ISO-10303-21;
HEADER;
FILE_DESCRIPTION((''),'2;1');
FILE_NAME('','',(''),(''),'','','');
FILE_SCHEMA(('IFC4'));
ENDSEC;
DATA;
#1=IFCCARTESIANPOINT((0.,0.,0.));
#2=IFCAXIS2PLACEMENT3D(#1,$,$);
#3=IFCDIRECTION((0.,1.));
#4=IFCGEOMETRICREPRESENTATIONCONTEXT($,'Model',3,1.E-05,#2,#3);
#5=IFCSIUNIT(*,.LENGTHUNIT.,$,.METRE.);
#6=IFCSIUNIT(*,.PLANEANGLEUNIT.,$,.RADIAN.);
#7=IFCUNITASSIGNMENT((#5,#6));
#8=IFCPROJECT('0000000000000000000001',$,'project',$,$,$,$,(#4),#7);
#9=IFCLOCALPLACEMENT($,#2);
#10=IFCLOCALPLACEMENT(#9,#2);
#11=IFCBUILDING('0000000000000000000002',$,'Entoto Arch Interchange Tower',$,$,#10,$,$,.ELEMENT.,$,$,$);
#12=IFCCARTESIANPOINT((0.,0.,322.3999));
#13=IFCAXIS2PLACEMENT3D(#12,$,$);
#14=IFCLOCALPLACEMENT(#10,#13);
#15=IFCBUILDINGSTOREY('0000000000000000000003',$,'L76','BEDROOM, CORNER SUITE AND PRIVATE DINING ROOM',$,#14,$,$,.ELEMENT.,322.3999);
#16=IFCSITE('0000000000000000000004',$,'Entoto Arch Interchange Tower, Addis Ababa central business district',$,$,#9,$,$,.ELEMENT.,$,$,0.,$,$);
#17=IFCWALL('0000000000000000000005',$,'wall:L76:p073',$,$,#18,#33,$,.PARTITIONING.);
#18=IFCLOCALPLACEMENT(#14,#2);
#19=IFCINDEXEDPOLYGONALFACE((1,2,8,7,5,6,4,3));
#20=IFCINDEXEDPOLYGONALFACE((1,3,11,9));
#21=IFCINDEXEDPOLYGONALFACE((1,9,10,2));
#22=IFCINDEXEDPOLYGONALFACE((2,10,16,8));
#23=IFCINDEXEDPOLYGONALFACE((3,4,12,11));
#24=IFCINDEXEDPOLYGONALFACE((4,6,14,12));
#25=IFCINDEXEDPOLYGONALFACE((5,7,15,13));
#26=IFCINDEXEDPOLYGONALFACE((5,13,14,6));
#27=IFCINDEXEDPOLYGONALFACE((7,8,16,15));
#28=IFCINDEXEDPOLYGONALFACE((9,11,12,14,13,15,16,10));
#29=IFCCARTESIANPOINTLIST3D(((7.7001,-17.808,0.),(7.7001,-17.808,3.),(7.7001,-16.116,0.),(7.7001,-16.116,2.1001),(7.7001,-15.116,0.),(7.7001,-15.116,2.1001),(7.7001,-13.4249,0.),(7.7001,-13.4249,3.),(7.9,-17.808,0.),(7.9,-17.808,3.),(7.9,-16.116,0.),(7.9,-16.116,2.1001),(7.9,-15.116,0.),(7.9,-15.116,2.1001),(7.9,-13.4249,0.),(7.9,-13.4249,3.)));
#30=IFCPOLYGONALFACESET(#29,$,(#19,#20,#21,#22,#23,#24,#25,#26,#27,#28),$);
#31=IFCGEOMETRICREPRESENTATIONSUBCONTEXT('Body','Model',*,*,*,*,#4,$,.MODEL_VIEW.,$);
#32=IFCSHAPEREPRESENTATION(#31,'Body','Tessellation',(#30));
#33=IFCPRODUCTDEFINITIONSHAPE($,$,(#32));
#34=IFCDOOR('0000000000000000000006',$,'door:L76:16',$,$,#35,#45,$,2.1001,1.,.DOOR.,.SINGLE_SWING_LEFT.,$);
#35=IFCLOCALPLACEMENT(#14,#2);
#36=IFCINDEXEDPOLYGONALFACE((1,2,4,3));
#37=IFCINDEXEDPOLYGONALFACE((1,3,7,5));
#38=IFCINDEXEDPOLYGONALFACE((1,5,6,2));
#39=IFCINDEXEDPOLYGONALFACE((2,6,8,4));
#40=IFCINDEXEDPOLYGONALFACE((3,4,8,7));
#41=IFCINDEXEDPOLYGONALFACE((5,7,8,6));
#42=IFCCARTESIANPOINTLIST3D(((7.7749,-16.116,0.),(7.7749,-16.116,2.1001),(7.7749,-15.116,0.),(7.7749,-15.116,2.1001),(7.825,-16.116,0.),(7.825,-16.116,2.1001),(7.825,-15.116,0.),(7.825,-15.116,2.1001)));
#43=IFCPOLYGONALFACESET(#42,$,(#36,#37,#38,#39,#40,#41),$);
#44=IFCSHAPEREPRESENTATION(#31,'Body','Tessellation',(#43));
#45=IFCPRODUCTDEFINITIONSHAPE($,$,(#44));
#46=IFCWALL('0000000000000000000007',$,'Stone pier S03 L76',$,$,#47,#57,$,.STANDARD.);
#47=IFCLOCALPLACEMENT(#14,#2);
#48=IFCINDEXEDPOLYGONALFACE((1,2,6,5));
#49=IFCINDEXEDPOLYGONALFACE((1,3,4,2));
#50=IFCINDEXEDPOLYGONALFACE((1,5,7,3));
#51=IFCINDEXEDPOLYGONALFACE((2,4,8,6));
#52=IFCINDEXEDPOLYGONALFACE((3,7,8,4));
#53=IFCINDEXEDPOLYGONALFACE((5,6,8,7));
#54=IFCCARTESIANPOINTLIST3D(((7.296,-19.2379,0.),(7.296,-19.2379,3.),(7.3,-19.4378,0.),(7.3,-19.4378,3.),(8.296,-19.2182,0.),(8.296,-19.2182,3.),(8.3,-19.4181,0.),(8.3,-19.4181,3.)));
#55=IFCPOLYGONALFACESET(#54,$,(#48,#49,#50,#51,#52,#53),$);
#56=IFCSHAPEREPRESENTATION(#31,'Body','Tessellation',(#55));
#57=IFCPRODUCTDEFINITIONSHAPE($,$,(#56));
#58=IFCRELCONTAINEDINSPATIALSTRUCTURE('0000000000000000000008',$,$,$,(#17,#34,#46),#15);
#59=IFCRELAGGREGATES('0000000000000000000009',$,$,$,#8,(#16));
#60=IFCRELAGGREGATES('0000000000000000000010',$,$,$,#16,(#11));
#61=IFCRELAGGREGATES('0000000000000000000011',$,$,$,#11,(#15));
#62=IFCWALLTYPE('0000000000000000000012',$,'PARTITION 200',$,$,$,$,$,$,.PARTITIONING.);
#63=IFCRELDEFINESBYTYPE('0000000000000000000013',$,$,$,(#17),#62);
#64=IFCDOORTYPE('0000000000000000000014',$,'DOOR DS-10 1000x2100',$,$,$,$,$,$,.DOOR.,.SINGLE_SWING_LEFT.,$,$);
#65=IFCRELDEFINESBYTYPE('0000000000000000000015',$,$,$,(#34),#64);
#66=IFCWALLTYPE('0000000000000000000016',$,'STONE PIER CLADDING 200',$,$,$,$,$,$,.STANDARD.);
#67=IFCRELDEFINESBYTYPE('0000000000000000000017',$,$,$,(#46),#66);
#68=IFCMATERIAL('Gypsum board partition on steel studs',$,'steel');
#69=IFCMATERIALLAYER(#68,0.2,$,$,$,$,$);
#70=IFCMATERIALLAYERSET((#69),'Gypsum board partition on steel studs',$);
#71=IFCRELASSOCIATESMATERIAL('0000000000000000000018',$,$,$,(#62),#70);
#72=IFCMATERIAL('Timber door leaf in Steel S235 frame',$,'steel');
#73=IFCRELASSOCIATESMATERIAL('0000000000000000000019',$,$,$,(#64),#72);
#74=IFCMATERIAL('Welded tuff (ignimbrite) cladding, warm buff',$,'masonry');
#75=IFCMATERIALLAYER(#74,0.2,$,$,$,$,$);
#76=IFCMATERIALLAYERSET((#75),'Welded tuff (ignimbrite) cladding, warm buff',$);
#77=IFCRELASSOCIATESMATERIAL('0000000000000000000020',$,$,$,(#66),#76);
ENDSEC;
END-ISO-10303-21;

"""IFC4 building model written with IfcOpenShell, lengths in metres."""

from ifc_helpers import new_model, si_unit, direction, frame, frame_2d, origin, place, context, subcontext, project, spatial, rectangle, extrude, material, layer, layer_set, type_object, element, fill, save


model = new_model("IFC4")

# Units and contexts
model_context = context("Model", 3, precision=1e-05, world=origin(), true_north=direction((0.0, 1.0)))
body_context = subcontext(model_context, "Body", "Model", "MODEL_VIEW")
ifc_project = project(units=[si_unit("LENGTHUNIT", "METRE"), si_unit("PLANEANGLEUNIT", "RADIAN")], contexts=[model_context])

# Site, building, storey
site_placement = place(None, origin())
site = spatial("IfcSite", under=ifc_project, at=site_placement, Name="Entoto Arch Interchange Tower, Addis Ababa central business district", CompositionType="ELEMENT", RefElevation=0.0)
building_placement = place(site_placement, origin())
building = spatial("IfcBuilding", under=site, at=building_placement, Name="Entoto Arch Interchange Tower", CompositionType="ELEMENT")
storey_placement = place(building_placement, frame((0.0, 0.0, 322.3999)))
storey = spatial("IfcBuildingStorey", under=building, at=storey_placement, Name="L76", Description="BEDROOM, CORNER SUITE AND PRIVATE DINING ROOM", CompositionType="ELEMENT", Elevation=322.3999)

# Wall, opening, door
ifc_material_1 = material(Name="Gypsum board partition on steel studs", Category="steel")
ifc_layer_1 = layer(ifc_material_1, 0.2)
ifc_layer_set_1 = layer_set([ifc_layer_1], Name="Gypsum board partition on steel studs")
wall_type_1 = type_object("IfcWallType", Name="PARTITION 200", PredefinedType="PARTITIONING", material=ifc_layer_set_1)
wall_1_placement = place(storey_placement, frame((7.8, -13.425, 0.0), z_axis=(0.0, 0.0, 1.0), x_axis=(0.0, -1.0, 0.0)))
wall_1 = element("IfcWall", 1, at=wall_1_placement, inside=storey, type_object=wall_type_1, Name="wall:L76:p073", PredefinedType="PARTITIONING", context=body_context, shape_type="SweptSolid", body=[
    extrude(rectangle(XDim=4.3831, YDim=0.2, at=frame_2d((2.1914, 0.0))), origin(), (0.0, 0.0, 1.0), 3.0),
])
opening_placement = place(wall_1_placement, frame((1.6909, 0.0, 0.0)))
opening = element("IfcOpeningElement", 2, at=opening_placement, cuts=wall_1, PredefinedType="OPENING", context=body_context, shape_type="SweptSolid", body=[
    extrude(rectangle(XDim=1.0, YDim=2.1001, at=frame_2d((0.5, 1.05))), frame((0.0, 0.1099, 0.0), z_axis=(0.0, -1.0, 0.0), x_axis=(1.0, 0.0, 0.0)), (0.0, 0.0, 1.0), 0.22),
])
ifc_material_2 = material(Name="Timber door leaf in Steel S235 frame", Category="steel")
door_type = type_object("IfcDoorType", Name="DOOR DS-10 1000x2100", OperationType="SINGLE_SWING_LEFT", PredefinedType="DOOR", material=ifc_material_2)
door_placement = place(opening_placement, origin())
door = element("IfcDoor", 3, at=door_placement, inside=storey, type_object=door_type, Name="door:L76:16", OperationType="SINGLE_SWING_LEFT", OverallHeight=2.1001, OverallWidth=1.0, PredefinedType="DOOR", context=body_context, shape_type="SweptSolid", body=[
    extrude(rectangle(XDim=1.0, YDim=2.1001, at=frame_2d((0.5, 1.05))), frame((0.0, 0.0249, 0.0), z_axis=(0.0, -1.0, 0.0), x_axis=(1.0, 0.0, 0.0)), (0.0, 0.0, 1.0), 0.05),
])
fill(opening, door)

# Wall
ifc_material_3 = material(Name="Welded tuff (ignimbrite) cladding, warm buff", Category="masonry")
ifc_layer_2 = layer(ifc_material_3, 0.2)
ifc_layer_set_2 = layer_set([ifc_layer_2], Name="Welded tuff (ignimbrite) cladding, warm buff")
wall_type_2 = type_object("IfcWallType", Name="STONE PIER CLADDING 200", PredefinedType="STANDARD", material=ifc_layer_set_2)
wall_2_placement = place(storey_placement, frame((7.2981, -19.3379, 0.0), z_axis=(0.0, 0.0, 1.0), x_axis=(0.999805, 0.019772, 0.0)))
element("IfcWall", 4, at=wall_2_placement, inside=storey, type_object=wall_type_2, Name="Stone pier S03 L76", PredefinedType="STANDARD", context=body_context, shape_type="SweptSolid", body=[
    extrude(rectangle(XDim=1.0002, YDim=0.2, at=frame_2d((0.5, 0.0))), origin(), (0.0, 0.0, 1.0), 3.0),
])

save(model, "model.ifc")
